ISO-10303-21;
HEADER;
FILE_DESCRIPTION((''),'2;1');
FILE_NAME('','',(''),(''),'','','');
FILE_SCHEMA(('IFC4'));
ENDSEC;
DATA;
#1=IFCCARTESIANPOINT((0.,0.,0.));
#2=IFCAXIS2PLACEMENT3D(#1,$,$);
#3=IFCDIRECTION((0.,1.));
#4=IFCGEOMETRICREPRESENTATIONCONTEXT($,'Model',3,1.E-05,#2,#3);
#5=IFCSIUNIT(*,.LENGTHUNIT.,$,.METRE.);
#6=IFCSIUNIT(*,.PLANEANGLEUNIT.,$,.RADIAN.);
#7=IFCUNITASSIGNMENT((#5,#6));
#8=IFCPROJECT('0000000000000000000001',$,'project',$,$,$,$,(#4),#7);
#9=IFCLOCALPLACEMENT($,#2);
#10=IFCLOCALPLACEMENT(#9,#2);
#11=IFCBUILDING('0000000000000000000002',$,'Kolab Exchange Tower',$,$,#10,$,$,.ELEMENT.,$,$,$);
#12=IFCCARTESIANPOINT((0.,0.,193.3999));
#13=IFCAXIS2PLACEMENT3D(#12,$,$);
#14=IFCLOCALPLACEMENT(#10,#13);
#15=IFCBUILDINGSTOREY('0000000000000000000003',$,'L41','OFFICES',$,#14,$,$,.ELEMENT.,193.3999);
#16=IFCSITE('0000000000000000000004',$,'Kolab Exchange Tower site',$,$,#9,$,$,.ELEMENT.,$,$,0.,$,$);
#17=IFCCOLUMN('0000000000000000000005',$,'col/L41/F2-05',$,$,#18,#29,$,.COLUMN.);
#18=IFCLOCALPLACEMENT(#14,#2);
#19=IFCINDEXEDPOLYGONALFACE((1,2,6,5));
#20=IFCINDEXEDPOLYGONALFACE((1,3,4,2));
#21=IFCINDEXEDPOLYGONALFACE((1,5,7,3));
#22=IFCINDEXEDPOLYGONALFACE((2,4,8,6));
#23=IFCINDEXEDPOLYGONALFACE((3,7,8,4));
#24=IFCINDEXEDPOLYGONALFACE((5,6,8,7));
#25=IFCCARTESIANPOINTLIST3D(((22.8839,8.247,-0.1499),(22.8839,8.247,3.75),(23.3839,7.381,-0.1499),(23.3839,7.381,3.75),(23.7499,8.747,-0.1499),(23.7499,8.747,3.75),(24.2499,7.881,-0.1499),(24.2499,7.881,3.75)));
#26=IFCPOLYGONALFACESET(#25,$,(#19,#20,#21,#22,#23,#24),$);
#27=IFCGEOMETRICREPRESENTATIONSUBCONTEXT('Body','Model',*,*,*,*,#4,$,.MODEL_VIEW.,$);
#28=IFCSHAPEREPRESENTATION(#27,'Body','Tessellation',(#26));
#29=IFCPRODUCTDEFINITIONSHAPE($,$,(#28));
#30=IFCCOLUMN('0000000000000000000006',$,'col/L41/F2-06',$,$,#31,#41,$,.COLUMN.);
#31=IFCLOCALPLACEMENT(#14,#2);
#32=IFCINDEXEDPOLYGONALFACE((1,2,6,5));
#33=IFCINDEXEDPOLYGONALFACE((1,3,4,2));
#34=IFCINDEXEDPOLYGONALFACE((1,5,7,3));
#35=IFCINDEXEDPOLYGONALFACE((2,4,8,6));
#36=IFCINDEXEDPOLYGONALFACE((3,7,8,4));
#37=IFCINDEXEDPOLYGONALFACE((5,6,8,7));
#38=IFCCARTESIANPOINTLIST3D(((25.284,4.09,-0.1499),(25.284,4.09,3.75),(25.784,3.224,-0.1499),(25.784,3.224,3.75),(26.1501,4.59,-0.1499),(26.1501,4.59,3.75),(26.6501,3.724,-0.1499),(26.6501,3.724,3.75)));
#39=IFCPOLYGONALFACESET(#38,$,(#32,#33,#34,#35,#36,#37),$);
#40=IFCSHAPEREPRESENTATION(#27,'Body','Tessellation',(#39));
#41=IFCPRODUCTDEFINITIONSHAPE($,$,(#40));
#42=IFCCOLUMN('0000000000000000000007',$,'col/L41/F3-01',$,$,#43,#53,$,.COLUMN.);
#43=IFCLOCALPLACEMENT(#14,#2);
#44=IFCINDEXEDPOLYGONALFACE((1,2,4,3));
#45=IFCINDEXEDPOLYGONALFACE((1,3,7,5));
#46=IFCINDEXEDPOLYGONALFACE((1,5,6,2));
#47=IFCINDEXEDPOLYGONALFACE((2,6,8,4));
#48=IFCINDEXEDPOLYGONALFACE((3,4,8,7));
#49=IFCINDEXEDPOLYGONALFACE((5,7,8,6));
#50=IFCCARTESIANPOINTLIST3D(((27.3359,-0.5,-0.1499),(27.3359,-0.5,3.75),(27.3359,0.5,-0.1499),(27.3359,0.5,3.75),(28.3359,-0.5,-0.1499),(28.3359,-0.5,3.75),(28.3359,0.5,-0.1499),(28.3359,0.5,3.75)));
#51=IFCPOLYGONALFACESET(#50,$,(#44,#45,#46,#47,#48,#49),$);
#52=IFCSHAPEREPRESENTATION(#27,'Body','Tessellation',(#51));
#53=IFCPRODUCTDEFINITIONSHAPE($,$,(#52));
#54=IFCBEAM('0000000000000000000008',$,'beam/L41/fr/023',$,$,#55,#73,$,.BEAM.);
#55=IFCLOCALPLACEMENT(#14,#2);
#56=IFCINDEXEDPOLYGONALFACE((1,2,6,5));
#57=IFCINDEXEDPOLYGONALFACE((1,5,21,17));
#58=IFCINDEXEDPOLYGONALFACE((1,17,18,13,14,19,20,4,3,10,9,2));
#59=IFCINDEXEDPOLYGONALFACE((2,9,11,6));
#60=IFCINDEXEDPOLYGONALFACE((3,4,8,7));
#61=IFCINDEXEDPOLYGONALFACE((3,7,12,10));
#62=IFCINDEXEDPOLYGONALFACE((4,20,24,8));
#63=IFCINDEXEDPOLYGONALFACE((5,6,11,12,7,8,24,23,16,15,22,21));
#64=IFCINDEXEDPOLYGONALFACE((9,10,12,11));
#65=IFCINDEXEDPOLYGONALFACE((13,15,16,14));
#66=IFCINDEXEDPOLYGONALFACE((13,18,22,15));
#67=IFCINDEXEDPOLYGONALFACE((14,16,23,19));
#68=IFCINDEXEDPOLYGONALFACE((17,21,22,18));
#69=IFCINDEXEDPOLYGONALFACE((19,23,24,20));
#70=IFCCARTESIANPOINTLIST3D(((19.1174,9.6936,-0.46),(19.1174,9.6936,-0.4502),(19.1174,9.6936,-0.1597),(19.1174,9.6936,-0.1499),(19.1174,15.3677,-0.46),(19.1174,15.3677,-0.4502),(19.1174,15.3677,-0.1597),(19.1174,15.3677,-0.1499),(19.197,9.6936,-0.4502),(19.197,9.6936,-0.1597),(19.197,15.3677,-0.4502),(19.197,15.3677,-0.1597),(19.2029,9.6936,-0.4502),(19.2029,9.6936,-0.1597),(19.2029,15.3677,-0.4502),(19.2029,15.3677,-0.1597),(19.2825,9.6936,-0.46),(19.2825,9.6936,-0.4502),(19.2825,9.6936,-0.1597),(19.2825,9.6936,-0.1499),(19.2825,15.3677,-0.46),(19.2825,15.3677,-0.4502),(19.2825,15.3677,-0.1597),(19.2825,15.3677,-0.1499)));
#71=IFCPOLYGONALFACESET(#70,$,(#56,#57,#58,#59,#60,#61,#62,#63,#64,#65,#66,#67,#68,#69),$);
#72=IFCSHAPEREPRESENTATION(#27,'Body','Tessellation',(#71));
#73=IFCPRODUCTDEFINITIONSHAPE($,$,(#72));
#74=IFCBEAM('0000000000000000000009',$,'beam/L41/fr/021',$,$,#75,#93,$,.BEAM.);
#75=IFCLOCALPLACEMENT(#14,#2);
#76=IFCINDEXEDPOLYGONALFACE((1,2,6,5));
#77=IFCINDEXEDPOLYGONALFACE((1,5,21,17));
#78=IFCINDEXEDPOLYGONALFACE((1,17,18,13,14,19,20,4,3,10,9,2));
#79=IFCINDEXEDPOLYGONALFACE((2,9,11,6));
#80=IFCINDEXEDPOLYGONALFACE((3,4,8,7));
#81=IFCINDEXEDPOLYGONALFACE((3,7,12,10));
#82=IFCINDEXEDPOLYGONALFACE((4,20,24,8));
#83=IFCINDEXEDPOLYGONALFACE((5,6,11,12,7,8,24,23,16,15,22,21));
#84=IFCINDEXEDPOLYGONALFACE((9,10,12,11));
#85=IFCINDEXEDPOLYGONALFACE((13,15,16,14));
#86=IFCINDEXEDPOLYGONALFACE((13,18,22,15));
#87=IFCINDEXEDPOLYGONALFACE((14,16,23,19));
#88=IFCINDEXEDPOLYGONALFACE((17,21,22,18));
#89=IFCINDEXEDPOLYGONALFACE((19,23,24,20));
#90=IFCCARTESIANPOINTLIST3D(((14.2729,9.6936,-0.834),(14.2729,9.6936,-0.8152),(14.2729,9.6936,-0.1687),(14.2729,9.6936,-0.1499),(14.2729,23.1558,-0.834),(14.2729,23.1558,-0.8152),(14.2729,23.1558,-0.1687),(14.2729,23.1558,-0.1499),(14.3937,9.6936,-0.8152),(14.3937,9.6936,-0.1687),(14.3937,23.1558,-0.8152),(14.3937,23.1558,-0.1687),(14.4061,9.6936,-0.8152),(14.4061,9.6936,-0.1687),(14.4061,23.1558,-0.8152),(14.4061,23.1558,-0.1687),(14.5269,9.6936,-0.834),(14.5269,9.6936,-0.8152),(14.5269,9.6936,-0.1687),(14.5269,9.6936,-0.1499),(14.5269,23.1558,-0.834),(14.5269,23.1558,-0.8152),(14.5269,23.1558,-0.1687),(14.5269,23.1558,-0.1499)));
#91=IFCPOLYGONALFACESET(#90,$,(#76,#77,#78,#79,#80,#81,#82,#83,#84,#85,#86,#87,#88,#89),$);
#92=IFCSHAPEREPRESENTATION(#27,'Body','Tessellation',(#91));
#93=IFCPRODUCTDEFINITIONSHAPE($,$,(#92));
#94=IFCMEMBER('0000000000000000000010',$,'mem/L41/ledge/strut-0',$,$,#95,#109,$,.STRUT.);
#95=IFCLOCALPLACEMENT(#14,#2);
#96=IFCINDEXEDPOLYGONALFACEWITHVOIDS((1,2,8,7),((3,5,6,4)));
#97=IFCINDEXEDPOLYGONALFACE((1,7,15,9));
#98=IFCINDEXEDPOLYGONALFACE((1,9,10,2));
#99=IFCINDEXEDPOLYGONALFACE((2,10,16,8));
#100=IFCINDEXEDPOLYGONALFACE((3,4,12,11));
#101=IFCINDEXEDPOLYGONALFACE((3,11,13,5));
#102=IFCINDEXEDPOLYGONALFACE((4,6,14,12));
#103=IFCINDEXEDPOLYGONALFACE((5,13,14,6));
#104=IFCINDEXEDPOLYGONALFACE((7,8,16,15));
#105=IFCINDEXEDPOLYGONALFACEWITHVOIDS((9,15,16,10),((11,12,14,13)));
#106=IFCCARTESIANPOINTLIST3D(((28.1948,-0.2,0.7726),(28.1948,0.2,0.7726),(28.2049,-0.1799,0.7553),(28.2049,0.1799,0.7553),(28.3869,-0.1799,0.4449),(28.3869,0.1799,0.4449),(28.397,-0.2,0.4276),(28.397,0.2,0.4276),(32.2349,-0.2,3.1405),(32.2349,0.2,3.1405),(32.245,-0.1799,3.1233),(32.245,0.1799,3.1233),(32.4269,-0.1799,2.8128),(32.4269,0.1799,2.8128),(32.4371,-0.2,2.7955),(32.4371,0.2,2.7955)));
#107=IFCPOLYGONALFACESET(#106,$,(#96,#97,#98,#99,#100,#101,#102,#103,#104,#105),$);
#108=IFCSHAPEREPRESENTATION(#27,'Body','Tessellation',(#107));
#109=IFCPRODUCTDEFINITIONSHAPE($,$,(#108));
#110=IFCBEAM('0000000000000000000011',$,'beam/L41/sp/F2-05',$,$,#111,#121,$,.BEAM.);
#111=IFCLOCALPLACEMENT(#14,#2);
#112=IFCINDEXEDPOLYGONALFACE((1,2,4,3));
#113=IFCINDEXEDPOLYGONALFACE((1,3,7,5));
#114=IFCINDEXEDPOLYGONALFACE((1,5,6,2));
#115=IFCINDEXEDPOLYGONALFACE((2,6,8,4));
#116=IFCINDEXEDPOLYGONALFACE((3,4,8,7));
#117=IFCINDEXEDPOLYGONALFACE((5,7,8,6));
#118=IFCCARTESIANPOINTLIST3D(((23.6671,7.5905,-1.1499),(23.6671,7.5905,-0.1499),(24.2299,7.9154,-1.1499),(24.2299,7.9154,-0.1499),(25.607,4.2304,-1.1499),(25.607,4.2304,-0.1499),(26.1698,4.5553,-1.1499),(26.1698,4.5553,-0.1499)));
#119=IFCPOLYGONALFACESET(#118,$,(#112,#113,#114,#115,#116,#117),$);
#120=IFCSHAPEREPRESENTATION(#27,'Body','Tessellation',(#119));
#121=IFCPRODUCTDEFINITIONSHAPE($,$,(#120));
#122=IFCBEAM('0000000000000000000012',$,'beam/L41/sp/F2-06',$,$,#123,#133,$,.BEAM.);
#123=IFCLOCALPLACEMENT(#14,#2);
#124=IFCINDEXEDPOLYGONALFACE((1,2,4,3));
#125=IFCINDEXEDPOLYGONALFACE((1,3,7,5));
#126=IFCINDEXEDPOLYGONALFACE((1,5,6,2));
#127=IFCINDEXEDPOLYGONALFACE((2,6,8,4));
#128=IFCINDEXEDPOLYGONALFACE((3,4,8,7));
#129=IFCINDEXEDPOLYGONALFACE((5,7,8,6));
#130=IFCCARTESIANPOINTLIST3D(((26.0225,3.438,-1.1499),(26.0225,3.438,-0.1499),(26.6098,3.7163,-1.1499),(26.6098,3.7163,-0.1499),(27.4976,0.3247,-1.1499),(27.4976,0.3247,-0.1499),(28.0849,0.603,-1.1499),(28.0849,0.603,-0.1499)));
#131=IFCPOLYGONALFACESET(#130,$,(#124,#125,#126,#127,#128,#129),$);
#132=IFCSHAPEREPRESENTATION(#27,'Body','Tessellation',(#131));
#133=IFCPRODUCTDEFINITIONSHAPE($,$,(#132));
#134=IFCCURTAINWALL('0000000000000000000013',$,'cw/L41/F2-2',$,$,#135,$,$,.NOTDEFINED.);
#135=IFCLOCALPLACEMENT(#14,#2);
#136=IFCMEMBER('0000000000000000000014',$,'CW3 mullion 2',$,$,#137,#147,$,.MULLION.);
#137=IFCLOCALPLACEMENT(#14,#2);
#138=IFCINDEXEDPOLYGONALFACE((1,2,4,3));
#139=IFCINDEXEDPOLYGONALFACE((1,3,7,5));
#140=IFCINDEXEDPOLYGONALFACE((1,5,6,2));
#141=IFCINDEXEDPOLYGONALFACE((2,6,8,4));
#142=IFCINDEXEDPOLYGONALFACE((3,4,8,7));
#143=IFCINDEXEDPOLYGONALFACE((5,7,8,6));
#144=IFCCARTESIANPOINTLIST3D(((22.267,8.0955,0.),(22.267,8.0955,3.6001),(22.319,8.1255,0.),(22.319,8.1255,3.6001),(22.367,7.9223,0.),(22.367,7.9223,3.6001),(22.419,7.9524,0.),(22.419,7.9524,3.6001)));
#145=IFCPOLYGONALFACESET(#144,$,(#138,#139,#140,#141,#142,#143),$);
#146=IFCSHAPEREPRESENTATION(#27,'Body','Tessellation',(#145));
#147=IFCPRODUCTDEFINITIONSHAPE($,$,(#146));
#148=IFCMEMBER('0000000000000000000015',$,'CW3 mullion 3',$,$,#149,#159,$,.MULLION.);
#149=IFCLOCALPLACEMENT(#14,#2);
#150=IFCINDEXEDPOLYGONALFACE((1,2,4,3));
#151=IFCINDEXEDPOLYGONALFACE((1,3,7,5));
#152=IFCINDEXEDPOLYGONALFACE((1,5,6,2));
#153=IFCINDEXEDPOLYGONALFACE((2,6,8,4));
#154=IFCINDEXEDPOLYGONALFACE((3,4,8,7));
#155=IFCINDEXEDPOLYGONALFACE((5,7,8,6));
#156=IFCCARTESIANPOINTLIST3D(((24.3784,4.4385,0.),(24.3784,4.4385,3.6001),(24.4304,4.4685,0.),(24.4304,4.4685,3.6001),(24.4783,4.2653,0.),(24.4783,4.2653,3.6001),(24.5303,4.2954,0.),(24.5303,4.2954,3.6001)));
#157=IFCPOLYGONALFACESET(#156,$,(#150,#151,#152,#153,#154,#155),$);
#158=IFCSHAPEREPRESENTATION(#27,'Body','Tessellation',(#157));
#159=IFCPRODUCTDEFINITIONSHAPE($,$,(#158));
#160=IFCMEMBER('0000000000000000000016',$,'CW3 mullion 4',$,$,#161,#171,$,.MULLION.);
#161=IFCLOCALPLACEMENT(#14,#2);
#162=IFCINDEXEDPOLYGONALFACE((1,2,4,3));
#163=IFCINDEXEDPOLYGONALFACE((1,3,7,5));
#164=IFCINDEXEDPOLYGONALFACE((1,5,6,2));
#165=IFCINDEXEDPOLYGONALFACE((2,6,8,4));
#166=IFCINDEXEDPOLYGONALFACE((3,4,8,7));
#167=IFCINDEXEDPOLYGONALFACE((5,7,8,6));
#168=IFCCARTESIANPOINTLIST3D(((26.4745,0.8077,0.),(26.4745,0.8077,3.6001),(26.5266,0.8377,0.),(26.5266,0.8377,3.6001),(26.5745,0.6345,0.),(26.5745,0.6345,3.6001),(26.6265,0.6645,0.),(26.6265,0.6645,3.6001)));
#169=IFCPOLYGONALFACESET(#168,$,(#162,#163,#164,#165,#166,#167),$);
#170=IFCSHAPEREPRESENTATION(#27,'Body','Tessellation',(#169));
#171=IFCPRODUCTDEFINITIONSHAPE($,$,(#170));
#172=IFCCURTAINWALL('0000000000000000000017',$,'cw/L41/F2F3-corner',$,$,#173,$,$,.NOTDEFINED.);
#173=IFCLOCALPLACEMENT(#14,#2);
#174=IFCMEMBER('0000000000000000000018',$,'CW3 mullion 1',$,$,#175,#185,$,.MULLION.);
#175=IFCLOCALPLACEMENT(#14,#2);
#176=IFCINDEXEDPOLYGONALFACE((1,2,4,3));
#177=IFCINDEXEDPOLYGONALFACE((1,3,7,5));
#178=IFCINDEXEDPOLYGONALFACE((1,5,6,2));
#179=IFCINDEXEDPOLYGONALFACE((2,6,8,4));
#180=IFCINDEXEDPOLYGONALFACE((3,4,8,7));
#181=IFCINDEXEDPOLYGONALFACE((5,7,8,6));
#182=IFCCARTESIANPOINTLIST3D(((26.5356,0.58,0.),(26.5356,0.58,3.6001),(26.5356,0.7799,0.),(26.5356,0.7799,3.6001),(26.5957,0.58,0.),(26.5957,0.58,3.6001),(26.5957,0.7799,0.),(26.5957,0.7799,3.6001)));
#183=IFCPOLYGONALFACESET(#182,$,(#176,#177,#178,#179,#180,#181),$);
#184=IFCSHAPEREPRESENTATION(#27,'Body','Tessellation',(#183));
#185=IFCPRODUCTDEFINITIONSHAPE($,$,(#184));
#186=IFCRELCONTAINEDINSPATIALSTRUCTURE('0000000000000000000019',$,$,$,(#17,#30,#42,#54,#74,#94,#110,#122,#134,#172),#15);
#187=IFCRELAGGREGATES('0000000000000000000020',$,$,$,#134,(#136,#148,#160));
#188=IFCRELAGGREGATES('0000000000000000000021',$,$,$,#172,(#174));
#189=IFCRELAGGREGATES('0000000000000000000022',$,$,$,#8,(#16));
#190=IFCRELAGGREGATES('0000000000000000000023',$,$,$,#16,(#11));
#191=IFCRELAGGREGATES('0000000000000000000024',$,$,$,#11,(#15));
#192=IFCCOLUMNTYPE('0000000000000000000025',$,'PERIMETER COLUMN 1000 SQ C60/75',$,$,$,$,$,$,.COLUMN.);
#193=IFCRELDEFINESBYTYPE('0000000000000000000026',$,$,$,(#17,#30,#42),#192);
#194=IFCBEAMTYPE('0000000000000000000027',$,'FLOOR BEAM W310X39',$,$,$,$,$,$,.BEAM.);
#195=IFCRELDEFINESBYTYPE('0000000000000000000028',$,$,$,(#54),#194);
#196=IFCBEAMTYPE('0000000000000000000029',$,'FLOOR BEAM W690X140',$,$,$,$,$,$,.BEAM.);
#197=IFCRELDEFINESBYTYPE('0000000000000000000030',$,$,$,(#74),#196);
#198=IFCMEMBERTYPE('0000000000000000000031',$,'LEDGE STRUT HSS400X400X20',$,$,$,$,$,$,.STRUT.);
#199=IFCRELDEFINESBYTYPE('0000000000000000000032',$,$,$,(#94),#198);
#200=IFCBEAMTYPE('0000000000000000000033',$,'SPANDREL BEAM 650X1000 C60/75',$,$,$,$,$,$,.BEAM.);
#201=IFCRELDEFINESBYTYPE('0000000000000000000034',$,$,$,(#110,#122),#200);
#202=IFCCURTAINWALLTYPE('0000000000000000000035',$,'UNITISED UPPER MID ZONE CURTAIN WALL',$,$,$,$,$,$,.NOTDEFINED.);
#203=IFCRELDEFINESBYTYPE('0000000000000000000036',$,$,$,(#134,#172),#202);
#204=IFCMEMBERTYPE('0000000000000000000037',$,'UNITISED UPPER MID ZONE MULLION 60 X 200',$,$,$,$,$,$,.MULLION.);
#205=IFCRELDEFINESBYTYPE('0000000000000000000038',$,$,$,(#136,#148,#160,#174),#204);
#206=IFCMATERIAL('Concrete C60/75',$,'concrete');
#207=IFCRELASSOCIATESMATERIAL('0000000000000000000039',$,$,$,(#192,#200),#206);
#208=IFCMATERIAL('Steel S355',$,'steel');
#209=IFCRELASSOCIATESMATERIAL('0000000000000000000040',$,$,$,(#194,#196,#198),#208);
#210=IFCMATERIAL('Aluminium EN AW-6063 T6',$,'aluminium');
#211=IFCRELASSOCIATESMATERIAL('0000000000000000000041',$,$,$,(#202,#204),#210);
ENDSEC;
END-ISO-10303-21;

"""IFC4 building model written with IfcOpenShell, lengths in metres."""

from ifc_helpers import new_model, si_unit, direction, frame, origin, origin_2d, place, context, subcontext, project, spatial, rectangle, hollow_rectangle, i_section, extrude, material, material_profile, profile_set, type_object, element, aggregate, save


model = new_model("IFC4")

# Units and contexts
model_context = context("Model", 3, precision=1e-05, world=origin(), true_north=direction((0.0, 1.0)))
body_context = subcontext(model_context, "Body", "Model", "MODEL_VIEW")
ifc_project = project(units=[si_unit("LENGTHUNIT", "METRE"), si_unit("PLANEANGLEUNIT", "RADIAN")], contexts=[model_context])

# Site, building, storey
site_placement = place(None, origin())
site = spatial("IfcSite", under=ifc_project, at=site_placement, Name="Kolab Exchange Tower site", CompositionType="ELEMENT", RefElevation=0.0)
building_placement = place(site_placement, origin())
building = spatial("IfcBuilding", under=site, at=building_placement, Name="Kolab Exchange Tower", CompositionType="ELEMENT")
storey_placement = place(building_placement, frame((0.0, 0.0, 193.3999)))
storey = spatial("IfcBuildingStorey", under=building, at=storey_placement, Name="L41", Description="OFFICES", CompositionType="ELEMENT", Elevation=193.3999)

# Columns
ifc_material_1 = material(Name="Concrete C60/75", Category="concrete")
ifc_material_profile_1 = material_profile(ifc_material_1, rectangle(XDim=1.0, YDim=1.0, at=origin_2d()), Name="RC1000")
ifc_profile_set_1 = profile_set([ifc_material_profile_1], Name="Concrete C60/75")
column_type = type_object("IfcColumnType", Name="PERIMETER COLUMN 1000 SQ C60/75", PredefinedType="COLUMN", material=ifc_profile_set_1)
for number, where, z_axis, x_axis, name in (
    (1, (23.5669, 8.064, -0.1499), (0.0, 0.0, 1.0), (0.866025, 0.5, 0.0), "col/L41/F2-05"),
    (2, (25.967, 3.907, -0.1499), (0.0, 0.0, 1.0), (0.866025, 0.5, 0.0), "col/L41/F2-06"),
    (3, (27.8359, 0.0, -0.1499), (0.0, 0.0, 1.0), (1.0, 0.0, 0.0), "col/L41/F3-01"),
):
    element("IfcColumn", number, at=place(storey_placement, frame(where, z_axis=z_axis, x_axis=x_axis)), inside=storey, type_object=column_type, Name=name, PredefinedType="COLUMN", context=body_context, shape_type="SweptSolid", body=[
        extrude(rectangle(XDim=1.0, YDim=1.0, at=origin_2d()), origin(), (0.0, 0.0, 1.0), 3.8999),
    ])

# Beams
ifc_material_2 = material(Name="Steel S355", Category="steel")
ifc_material_profile_2 = material_profile(ifc_material_2, i_section(OverallWidth=0.165, OverallDepth=0.3101, WebThickness=0.0059, FlangeThickness=0.0098, at=origin_2d()), Name="W310X39")
ifc_profile_set_2 = profile_set([ifc_material_profile_2], Name="Steel S355")
beam_type_1 = type_object("IfcBeamType", Name="FLOOR BEAM W310X39", PredefinedType="BEAM", material=ifc_profile_set_2)
beam_1_placement = place(storey_placement, frame((19.2, 9.6936, -0.3049), z_axis=(0.0, 1.0, 0.0), x_axis=(-1.0, 0.0, 0.0)))
element("IfcBeam", 4, at=beam_1_placement, inside=storey, type_object=beam_type_1, Name="beam/L41/fr/023", PredefinedType="BEAM", context=body_context, shape_type="SweptSolid", body=[
    extrude(i_section(OverallWidth=0.165, OverallDepth=0.3101, WebThickness=0.0059, FlangeThickness=0.0098, at=origin_2d()), origin(), (0.0, 0.0, 1.0), 5.6741),
])
ifc_material_profile_3 = material_profile(ifc_material_2, i_section(OverallWidth=0.2539, OverallDepth=0.6841, WebThickness=0.0125, FlangeThickness=0.0188, at=origin_2d()), Name="W690X140")
ifc_profile_set_3 = profile_set([ifc_material_profile_3], Name="Steel S355")
beam_type_2 = type_object("IfcBeamType", Name="FLOOR BEAM W690X140", PredefinedType="BEAM", material=ifc_profile_set_3)
beam_2_placement = place(storey_placement, frame((14.3999, 9.6936, -0.4919), z_axis=(0.0, 1.0, 0.0), x_axis=(-1.0, 0.0, 0.0)))
element("IfcBeam", 5, at=beam_2_placement, inside=storey, type_object=beam_type_2, Name="beam/L41/fr/021", PredefinedType="BEAM", context=body_context, shape_type="SweptSolid", body=[
    extrude(i_section(OverallWidth=0.2539, OverallDepth=0.6841, WebThickness=0.0125, FlangeThickness=0.0188, at=origin_2d()), origin(), (0.0, 0.0, 1.0), 13.4622),
])

# Member
ifc_material_profile_4 = material_profile(ifc_material_2, hollow_rectangle(XDim=0.3999, YDim=0.3999, WallThickness=0.02, at=origin_2d()), Name="HSS400X400X20")
ifc_profile_set_4 = profile_set([ifc_material_profile_4], Name="Steel S355")
member_type_1 = type_object("IfcMemberType", Name="LEDGE STRUT HSS400X400X20", PredefinedType="STRUT", material=ifc_profile_set_4)
member_1_placement = place(storey_placement, frame((28.2959, 0.0, 0.6001), z_axis=(0.862733, 0.0, 0.505659), x_axis=(0.0, 1.0, 0.0)))
element("IfcMember", 6, at=member_1_placement, inside=storey, type_object=member_type_1, Name="mem/L41/ledge/strut-0", PredefinedType="STRUT", context=body_context, shape_type="SweptSolid", body=[
    extrude(hollow_rectangle(XDim=0.3999, YDim=0.3999, WallThickness=0.02, at=origin_2d()), origin(), (0.0, 0.0, 1.0), 4.6829),
])

# Beams
ifc_material_profile_5 = material_profile(ifc_material_1, rectangle(XDim=0.6499, YDim=1.0, at=origin_2d()), Name="RC650X1000")
ifc_profile_set_5 = profile_set([ifc_material_profile_5], Name="Concrete C60/75")
beam_type_3 = type_object("IfcBeamType", Name="SPANDREL BEAM 650X1000 C60/75", PredefinedType="BEAM", material=ifc_profile_set_5)
beam_3_placement = place(storey_placement, frame((23.9485, 7.7529, -0.6499), z_axis=(0.499997, -0.866027, 0.0), x_axis=(0.866027, 0.499997, 0.0)))
element("IfcBeam", 7, at=beam_3_placement, inside=storey, type_object=beam_type_3, Name="beam/L41/sp/F2-05", PredefinedType="BEAM", context=body_context, shape_type="SweptSolid", body=[
    extrude(rectangle(XDim=0.6499, YDim=1.0, at=origin_2d()), origin(), (0.0, 0.0, 1.0), 3.8799),
])
beam_4_placement = place(storey_placement, frame((26.3162, 3.5771, -0.6499), z_axis=(0.428178, -0.903695, 0.0), x_axis=(0.903695, 0.428178, 0.0)))
element("IfcBeam", 8, at=beam_4_placement, inside=storey, type_object=beam_type_3, Name="beam/L41/sp/F2-06", PredefinedType="BEAM", context=body_context, shape_type="SweptSolid", body=[
    extrude(rectangle(XDim=0.6499, YDim=1.0, at=origin_2d()), origin(), (0.0, 0.0, 1.0), 3.4451),
])

# Curtain wall, members
ifc_material_3 = material(Name="Aluminium EN AW-6063 T6", Category="aluminium")
curtain_wall_type = type_object("IfcCurtainWallType", Name="UNITISED UPPER MID ZONE CURTAIN WALL", PredefinedType="NOTDEFINED", material=ifc_material_3)
curtain_wall_1_placement = place(storey_placement, origin())
curtain_wall_1 = element("IfcCurtainWall", 9, at=curtain_wall_1_placement, inside=storey, type_object=curtain_wall_type, Name="cw/L41/F2-2", PredefinedType="NOTDEFINED")
ifc_material_profile_6 = material_profile(ifc_material_3, rectangle(XDim=0.0601, YDim=0.2, at=origin_2d()), Name="RECT 60X200")
ifc_profile_set_6 = profile_set([ifc_material_profile_6], Name="Aluminium EN AW-6063 T6")
member_type_2 = type_object("IfcMemberType", Name="UNITISED UPPER MID ZONE MULLION 60 X 200", PredefinedType="MULLION", material=ifc_profile_set_6)
member_2_placement = place(storey_placement, frame((22.343, 8.0239, 0.0), z_axis=(0.0, 0.0, 1.0), x_axis=(0.866025, 0.5, 0.0)))
member_2 = element("IfcMember", 10, at=member_2_placement, type_object=member_type_2, Name="CW3 mullion 2", PredefinedType="MULLION", context=body_context, shape_type="SweptSolid", body=[
    extrude(rectangle(XDim=0.0601, YDim=0.2, at=origin_2d()), origin(), (0.0, 0.0, 1.0), 3.6001),
])
member_3_placement = place(storey_placement, frame((24.4543, 4.3669, 0.0), z_axis=(0.0, 0.0, 1.0), x_axis=(0.866025, 0.5, 0.0)))
member_3 = element("IfcMember", 11, at=member_3_placement, type_object=member_type_2, Name="CW3 mullion 3", PredefinedType="MULLION", context=body_context, shape_type="SweptSolid", body=[
    extrude(rectangle(XDim=0.0601, YDim=0.2, at=origin_2d()), origin(), (0.0, 0.0, 1.0), 3.6001),
])
member_4_placement = place(storey_placement, frame((26.5505, 0.7361, 0.0), z_axis=(0.0, 0.0, 1.0), x_axis=(0.866025, 0.5, 0.0)))
member_4 = element("IfcMember", 12, at=member_4_placement, type_object=member_type_2, Name="CW3 mullion 4", PredefinedType="MULLION", context=body_context, shape_type="SweptSolid", body=[
    extrude(rectangle(XDim=0.0601, YDim=0.2, at=origin_2d()), origin(), (0.0, 0.0, 1.0), 3.6001),
])

# Curtain wall, member
curtain_wall_2_placement = place(storey_placement, origin())
curtain_wall_2 = element("IfcCurtainWall", 13, at=curtain_wall_2_placement, inside=storey, type_object=curtain_wall_type, Name="cw/L41/F2F3-corner", PredefinedType="NOTDEFINED")
member_5_placement = place(storey_placement, frame((26.5657, 0.6799, 0.0), z_axis=(0.0, 0.0, 1.0), x_axis=(1.0, 0.0, 0.0)))
member_5 = element("IfcMember", 14, at=member_5_placement, type_object=member_type_2, Name="CW3 mullion 1", PredefinedType="MULLION", context=body_context, shape_type="SweptSolid", body=[
    extrude(rectangle(XDim=0.0601, YDim=0.2, at=origin_2d()), origin(), (0.0, 0.0, 1.0), 3.6001),
])

aggregate(curtain_wall_1, [member_2, member_3, member_4])
aggregate(curtain_wall_2, [member_5])

save(model, "model.ifc")
